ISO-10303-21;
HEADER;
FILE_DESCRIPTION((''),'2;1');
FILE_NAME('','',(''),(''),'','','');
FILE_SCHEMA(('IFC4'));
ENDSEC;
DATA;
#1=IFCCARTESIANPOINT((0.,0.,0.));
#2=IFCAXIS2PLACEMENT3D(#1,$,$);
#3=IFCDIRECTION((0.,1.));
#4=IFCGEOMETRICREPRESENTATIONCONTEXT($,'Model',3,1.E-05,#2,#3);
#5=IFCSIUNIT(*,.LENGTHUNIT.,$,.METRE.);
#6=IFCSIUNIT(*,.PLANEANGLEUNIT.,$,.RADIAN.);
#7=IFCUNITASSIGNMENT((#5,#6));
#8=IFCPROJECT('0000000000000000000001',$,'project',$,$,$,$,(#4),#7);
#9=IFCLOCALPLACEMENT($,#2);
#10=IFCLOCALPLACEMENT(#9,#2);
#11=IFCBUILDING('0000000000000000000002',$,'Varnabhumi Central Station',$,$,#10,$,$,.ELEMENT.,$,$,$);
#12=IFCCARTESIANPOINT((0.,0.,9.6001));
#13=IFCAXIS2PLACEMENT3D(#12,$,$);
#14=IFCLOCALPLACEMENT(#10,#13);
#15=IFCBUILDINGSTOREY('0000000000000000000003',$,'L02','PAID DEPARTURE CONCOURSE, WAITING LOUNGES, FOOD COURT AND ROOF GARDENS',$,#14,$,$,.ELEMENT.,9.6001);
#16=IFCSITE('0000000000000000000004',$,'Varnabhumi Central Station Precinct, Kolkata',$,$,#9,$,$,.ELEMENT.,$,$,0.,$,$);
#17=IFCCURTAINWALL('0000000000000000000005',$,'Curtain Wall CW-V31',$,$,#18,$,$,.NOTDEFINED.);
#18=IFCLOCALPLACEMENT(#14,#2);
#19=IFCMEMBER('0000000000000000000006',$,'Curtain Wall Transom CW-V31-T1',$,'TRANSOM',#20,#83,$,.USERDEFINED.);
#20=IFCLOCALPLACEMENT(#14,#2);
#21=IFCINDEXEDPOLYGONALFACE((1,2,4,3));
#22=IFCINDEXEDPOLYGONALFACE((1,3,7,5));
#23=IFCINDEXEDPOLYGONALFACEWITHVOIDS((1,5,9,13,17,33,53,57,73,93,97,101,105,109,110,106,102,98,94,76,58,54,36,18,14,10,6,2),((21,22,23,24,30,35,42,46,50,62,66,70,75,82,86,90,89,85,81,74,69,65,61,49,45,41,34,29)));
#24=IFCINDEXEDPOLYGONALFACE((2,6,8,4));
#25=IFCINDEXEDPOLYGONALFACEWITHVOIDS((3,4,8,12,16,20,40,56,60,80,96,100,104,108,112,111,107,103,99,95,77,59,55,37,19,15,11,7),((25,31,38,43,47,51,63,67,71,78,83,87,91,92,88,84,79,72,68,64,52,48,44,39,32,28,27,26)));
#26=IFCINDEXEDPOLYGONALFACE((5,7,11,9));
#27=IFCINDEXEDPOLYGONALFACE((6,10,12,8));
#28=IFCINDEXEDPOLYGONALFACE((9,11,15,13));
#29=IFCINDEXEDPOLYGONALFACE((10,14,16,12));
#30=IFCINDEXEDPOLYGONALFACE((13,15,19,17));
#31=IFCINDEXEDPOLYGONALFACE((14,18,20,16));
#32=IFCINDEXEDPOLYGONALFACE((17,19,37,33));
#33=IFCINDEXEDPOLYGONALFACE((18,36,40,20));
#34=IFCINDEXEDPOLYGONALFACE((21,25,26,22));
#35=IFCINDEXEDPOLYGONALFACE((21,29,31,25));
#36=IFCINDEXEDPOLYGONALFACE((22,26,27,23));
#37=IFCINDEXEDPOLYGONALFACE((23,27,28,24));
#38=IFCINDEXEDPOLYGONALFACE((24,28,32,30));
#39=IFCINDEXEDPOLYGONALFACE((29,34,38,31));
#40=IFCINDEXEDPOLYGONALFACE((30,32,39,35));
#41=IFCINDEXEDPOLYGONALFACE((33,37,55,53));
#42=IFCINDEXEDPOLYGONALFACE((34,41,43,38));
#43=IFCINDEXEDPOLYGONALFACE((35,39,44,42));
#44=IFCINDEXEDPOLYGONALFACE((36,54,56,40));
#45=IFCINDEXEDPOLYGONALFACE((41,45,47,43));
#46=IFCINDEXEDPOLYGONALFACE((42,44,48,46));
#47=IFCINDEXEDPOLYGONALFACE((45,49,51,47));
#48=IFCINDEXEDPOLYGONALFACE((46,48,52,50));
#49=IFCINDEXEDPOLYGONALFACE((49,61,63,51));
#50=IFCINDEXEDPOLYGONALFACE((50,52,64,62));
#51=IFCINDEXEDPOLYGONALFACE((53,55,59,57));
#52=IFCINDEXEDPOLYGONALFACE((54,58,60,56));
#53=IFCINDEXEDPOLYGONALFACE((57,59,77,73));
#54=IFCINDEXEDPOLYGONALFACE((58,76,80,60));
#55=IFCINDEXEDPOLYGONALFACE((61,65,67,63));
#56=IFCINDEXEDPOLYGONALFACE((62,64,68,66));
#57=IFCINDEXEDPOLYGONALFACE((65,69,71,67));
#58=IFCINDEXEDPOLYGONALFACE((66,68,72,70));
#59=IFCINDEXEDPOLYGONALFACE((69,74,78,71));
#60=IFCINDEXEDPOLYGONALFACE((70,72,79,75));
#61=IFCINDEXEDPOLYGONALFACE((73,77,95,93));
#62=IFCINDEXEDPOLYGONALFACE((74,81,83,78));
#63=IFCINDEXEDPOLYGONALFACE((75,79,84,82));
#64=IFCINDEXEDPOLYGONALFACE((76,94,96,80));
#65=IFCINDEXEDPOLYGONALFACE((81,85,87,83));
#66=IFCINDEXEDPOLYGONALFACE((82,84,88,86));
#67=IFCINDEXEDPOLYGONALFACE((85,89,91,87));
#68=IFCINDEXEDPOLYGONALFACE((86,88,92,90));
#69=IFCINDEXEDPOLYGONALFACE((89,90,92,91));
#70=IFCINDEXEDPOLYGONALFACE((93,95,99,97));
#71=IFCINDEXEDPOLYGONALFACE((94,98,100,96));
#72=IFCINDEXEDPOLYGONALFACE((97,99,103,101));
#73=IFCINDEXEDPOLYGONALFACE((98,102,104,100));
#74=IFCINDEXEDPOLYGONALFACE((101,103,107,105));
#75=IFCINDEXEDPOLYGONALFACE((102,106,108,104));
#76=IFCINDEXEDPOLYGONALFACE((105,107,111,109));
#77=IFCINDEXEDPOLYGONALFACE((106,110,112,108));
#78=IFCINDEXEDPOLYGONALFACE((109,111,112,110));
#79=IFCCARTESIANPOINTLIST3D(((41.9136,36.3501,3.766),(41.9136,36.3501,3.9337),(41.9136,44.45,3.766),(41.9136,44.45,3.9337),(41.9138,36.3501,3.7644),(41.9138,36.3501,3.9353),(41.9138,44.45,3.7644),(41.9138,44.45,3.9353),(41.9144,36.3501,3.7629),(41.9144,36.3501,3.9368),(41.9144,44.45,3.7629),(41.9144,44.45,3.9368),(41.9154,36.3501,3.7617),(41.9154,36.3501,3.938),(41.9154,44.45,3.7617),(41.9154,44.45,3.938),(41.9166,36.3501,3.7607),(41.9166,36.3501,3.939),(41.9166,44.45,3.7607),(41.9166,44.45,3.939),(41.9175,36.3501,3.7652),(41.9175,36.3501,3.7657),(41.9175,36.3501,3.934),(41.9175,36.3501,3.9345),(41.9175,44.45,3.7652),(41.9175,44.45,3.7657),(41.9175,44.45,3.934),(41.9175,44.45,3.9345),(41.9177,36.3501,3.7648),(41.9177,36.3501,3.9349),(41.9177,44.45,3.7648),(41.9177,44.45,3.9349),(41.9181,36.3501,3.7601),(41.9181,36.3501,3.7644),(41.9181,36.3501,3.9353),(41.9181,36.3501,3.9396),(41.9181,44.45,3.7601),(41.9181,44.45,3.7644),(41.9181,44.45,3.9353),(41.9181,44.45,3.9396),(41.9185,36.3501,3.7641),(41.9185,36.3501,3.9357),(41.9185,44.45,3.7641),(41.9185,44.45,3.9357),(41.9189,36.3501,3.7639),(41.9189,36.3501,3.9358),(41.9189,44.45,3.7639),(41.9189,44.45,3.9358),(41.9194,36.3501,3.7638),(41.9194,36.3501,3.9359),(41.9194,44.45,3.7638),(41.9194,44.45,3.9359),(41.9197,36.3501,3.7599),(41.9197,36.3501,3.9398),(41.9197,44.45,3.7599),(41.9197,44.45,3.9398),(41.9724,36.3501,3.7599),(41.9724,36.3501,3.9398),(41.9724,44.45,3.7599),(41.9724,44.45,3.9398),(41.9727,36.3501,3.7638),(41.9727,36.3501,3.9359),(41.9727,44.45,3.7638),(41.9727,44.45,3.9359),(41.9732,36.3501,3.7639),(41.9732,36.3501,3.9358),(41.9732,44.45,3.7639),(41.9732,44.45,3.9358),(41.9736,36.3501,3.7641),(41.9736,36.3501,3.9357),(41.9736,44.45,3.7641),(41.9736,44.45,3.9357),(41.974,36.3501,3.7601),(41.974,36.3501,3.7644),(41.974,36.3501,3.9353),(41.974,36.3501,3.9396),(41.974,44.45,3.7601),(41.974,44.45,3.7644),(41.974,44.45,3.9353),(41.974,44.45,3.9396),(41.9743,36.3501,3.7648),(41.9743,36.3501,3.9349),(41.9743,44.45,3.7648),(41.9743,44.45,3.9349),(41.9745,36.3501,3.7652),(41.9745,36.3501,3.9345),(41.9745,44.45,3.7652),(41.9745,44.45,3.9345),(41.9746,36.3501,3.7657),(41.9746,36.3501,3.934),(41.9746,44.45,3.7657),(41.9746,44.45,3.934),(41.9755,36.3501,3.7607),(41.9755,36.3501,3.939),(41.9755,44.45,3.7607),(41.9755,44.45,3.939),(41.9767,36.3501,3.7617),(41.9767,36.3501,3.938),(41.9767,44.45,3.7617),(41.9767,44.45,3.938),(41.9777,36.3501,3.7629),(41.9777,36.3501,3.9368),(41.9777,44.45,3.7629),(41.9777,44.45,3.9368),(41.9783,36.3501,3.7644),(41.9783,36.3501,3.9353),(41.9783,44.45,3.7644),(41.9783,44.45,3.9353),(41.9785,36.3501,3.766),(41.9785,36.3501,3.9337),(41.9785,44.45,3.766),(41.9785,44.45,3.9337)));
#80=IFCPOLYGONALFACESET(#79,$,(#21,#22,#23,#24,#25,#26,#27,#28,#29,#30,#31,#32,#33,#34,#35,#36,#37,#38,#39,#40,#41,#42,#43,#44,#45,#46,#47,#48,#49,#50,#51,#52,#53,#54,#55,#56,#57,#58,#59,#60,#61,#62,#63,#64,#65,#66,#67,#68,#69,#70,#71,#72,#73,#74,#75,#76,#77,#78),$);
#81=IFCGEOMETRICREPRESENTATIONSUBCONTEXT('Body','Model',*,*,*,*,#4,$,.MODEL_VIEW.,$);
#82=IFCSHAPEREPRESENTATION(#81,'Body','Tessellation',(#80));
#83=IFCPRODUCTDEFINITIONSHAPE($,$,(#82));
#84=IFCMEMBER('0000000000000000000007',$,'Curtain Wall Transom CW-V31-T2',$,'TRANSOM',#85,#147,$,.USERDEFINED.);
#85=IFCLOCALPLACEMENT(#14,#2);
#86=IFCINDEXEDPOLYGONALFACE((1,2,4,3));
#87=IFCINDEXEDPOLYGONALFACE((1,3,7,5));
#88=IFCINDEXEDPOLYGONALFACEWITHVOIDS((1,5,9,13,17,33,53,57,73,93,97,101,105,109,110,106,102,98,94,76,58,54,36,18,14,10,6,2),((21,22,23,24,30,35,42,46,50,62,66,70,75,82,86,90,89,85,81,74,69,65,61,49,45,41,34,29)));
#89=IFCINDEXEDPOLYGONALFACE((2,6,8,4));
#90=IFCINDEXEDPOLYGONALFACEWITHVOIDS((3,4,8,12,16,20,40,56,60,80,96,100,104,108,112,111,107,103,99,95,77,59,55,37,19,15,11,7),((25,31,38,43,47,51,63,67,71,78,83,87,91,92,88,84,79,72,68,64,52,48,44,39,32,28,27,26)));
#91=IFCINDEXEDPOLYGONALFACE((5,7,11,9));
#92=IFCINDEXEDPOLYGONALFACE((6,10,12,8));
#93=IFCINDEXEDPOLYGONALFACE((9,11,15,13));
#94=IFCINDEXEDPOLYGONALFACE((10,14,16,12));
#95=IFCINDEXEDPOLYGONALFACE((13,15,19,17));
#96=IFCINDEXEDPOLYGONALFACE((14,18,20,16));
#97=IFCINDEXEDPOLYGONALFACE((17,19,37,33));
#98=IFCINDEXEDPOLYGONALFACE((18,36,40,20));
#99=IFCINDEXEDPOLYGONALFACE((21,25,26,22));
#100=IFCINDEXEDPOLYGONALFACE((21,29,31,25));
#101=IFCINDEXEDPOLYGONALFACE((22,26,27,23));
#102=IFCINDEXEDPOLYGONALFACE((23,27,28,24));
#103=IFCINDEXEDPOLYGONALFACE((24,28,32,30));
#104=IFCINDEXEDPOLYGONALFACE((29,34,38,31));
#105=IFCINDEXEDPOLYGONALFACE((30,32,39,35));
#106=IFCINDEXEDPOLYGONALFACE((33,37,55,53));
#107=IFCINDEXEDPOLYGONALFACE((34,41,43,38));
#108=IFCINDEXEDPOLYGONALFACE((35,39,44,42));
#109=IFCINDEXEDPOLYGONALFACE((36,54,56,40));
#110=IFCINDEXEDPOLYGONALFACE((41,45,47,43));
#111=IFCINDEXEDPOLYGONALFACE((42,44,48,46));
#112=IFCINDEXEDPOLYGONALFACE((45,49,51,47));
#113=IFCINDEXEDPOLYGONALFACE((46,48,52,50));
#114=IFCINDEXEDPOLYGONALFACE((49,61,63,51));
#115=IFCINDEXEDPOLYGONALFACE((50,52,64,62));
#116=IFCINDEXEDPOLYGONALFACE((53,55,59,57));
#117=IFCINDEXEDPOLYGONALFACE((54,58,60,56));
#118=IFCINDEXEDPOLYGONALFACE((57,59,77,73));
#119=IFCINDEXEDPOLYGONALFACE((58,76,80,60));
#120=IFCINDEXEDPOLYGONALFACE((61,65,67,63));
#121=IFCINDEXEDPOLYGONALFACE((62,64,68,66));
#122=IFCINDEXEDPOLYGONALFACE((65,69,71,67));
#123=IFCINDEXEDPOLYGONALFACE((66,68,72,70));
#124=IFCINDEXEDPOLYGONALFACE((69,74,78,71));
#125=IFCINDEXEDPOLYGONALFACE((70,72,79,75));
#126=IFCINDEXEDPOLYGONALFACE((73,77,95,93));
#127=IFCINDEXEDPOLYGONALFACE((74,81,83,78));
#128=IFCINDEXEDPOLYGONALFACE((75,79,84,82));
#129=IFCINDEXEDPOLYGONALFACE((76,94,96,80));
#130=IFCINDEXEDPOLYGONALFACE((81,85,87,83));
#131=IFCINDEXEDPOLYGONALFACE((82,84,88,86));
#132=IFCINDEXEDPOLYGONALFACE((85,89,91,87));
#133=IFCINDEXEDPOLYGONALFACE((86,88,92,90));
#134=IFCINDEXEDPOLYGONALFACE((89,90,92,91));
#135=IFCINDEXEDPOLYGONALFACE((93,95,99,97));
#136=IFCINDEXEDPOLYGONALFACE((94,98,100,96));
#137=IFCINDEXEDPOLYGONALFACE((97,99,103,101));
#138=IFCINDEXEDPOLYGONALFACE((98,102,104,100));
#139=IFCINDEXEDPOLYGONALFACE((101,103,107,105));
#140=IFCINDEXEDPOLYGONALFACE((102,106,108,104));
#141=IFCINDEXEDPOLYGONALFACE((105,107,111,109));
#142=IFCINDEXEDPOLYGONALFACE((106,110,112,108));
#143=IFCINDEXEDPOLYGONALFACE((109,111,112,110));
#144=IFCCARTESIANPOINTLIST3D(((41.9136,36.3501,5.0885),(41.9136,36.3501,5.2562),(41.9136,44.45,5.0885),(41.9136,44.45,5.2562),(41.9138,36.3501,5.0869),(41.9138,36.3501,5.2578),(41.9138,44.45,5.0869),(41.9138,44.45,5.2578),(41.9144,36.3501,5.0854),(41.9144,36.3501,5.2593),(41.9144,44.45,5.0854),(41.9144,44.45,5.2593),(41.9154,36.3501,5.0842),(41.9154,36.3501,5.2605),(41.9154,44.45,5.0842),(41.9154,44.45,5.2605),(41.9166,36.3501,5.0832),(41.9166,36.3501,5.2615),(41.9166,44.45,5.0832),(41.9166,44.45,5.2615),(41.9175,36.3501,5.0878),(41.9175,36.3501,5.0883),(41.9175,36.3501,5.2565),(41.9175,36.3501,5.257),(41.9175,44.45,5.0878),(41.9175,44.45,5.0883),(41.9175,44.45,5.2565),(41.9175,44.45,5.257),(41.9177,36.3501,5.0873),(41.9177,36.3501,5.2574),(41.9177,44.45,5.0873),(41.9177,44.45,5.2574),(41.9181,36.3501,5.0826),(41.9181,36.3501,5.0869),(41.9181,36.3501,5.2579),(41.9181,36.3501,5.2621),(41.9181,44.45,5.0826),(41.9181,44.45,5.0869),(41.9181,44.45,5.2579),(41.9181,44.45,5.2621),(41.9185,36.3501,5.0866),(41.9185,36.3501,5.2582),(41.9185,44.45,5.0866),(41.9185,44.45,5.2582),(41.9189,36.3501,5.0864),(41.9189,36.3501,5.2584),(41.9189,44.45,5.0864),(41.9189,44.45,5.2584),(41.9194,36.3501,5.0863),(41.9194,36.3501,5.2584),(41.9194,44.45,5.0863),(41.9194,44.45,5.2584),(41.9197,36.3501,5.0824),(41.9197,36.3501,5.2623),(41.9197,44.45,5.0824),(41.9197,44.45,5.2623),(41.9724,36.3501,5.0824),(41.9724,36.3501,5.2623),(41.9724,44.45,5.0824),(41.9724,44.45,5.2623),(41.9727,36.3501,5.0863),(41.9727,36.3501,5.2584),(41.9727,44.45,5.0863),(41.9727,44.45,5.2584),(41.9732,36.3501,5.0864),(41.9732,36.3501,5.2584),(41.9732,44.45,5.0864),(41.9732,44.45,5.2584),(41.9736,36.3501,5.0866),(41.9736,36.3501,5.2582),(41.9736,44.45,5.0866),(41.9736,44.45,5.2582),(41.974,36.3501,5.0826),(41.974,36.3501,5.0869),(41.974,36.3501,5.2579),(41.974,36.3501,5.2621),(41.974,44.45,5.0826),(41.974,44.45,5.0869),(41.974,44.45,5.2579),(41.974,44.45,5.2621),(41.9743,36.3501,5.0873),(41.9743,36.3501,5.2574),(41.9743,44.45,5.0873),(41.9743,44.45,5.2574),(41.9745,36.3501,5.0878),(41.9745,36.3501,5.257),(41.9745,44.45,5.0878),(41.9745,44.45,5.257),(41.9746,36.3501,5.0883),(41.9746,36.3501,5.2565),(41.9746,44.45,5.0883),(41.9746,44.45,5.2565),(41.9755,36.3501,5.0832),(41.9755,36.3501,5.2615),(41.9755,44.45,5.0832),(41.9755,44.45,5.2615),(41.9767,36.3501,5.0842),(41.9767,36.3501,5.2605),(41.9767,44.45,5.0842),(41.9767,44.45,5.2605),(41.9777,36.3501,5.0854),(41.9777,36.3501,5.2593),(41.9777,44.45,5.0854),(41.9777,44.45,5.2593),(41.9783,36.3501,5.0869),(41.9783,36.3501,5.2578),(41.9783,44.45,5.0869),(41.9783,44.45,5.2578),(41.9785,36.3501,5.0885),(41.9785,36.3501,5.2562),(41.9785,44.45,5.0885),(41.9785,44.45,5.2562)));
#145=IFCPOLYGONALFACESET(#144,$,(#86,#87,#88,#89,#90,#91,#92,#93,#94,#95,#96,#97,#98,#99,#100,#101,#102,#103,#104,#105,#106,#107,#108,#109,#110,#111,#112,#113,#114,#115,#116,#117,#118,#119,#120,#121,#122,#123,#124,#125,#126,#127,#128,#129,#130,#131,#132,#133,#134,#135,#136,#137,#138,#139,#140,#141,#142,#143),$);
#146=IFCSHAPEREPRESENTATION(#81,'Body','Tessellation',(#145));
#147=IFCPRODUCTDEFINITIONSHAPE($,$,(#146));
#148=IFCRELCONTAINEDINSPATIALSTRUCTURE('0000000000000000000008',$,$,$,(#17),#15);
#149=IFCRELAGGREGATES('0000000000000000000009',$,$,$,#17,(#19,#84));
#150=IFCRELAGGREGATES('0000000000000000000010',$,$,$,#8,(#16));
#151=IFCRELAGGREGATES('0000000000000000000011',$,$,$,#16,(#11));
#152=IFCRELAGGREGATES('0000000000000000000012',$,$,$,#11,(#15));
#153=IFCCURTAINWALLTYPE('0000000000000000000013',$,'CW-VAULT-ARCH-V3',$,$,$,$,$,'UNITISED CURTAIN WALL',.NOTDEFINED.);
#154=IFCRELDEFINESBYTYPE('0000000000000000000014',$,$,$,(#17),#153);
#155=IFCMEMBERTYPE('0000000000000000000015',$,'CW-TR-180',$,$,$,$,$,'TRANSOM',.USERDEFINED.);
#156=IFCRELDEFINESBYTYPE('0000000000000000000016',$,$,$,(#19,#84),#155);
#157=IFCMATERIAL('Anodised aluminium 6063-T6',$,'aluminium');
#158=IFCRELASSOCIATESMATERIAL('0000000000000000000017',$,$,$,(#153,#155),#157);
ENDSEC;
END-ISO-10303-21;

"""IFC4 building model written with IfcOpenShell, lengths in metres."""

from ifc_helpers import new_model, si_unit, direction, frame, origin, origin_2d, place, context, subcontext, project, spatial, hollow_rectangle, extrude, material, material_profile, profile_set, type_object, element, aggregate, save


model = new_model("IFC4")

# Units and contexts
model_context = context("Model", 3, precision=1e-05, world=origin(), true_north=direction((0.0, 1.0)))
body_context = subcontext(model_context, "Body", "Model", "MODEL_VIEW")
ifc_project = project(units=[si_unit("LENGTHUNIT", "METRE"), si_unit("PLANEANGLEUNIT", "RADIAN")], contexts=[model_context])

# Site, building, storey
site_placement = place(None, origin())
site = spatial("IfcSite", under=ifc_project, at=site_placement, Name="Varnabhumi Central Station Precinct, Kolkata", CompositionType="ELEMENT", RefElevation=0.0)
building_placement = place(site_placement, origin())
building = spatial("IfcBuilding", under=site, at=building_placement, Name="Varnabhumi Central Station", CompositionType="ELEMENT")
storey_placement = place(building_placement, frame((0.0, 0.0, 9.6001)))
storey = spatial("IfcBuildingStorey", under=building, at=storey_placement, Name="L02", Description="PAID DEPARTURE CONCOURSE, WAITING LOUNGES, FOOD COURT AND ROOF GARDENS", CompositionType="ELEMENT", Elevation=9.6001)

# Curtain wall, members
ifc_material_1 = material(Name="Anodised aluminium 6063-T6", Category="aluminium")
curtain_wall_type = type_object("IfcCurtainWallType", Name="CW-VAULT-ARCH-V3", ElementType="UNITISED CURTAIN WALL", PredefinedType="NOTDEFINED", material=ifc_material_1)
curtain_wall_placement = place(storey_placement, origin())
curtain_wall = element("IfcCurtainWall", 1, at=curtain_wall_placement, inside=storey, type_object=curtain_wall_type, Name="Curtain Wall CW-V31", PredefinedType="NOTDEFINED")
ifc_material_profile_1 = material_profile(ifc_material_1, hollow_rectangle(XDim=0.0649, YDim=0.1799, WallThickness=0.0039, InnerFilletRadius=0.002, OuterFilletRadius=0.0061, at=origin_2d()), Name="Anodised aluminium 6063-T6", Category="aluminium")
ifc_profile_set_1 = profile_set([ifc_material_profile_1], Name="Anodised aluminium 6063-T6")
member_type_1 = type_object("IfcMemberType", Name="CW-TR-180", ElementType="TRANSOM", PredefinedType="USERDEFINED", material=ifc_profile_set_1)
member_1_placement = place(storey_placement, frame((41.946, 36.3501, 3.8499), z_axis=(0.0, 1.0, 0.0), x_axis=(-1.0, 0.0, 0.0)))
member_1 = element("IfcMember", 2, at=member_1_placement, type_object=member_type_1, Name="Curtain Wall Transom CW-V31-T1", ObjectType="TRANSOM", PredefinedType="USERDEFINED", context=body_context, shape_type="SweptSolid", body=[
    extrude(hollow_rectangle(XDim=0.0649, YDim=0.1799, WallThickness=0.0039, InnerFilletRadius=0.002, OuterFilletRadius=0.0061, at=origin_2d()), origin(), (0.0, 0.0, 1.0), 8.0999),
])
member_2_placement = place(storey_placement, frame((41.946, 36.3501, 5.1724), z_axis=(0.0, 1.0, 0.0), x_axis=(-1.0, 0.0, 0.0)))
member_2 = element("IfcMember", 3, at=member_2_placement, type_object=member_type_1, Name="Curtain Wall Transom CW-V31-T2", ObjectType="TRANSOM", PredefinedType="USERDEFINED", context=body_context, shape_type="SweptSolid", body=[
    extrude(hollow_rectangle(XDim=0.0649, YDim=0.1799, WallThickness=0.0039, InnerFilletRadius=0.002, OuterFilletRadius=0.0061, at=origin_2d()), origin(), (0.0, 0.0, 1.0), 8.0999),
])

aggregate(curtain_wall, [member_1, member_2])

save(model, "model.ifc")
